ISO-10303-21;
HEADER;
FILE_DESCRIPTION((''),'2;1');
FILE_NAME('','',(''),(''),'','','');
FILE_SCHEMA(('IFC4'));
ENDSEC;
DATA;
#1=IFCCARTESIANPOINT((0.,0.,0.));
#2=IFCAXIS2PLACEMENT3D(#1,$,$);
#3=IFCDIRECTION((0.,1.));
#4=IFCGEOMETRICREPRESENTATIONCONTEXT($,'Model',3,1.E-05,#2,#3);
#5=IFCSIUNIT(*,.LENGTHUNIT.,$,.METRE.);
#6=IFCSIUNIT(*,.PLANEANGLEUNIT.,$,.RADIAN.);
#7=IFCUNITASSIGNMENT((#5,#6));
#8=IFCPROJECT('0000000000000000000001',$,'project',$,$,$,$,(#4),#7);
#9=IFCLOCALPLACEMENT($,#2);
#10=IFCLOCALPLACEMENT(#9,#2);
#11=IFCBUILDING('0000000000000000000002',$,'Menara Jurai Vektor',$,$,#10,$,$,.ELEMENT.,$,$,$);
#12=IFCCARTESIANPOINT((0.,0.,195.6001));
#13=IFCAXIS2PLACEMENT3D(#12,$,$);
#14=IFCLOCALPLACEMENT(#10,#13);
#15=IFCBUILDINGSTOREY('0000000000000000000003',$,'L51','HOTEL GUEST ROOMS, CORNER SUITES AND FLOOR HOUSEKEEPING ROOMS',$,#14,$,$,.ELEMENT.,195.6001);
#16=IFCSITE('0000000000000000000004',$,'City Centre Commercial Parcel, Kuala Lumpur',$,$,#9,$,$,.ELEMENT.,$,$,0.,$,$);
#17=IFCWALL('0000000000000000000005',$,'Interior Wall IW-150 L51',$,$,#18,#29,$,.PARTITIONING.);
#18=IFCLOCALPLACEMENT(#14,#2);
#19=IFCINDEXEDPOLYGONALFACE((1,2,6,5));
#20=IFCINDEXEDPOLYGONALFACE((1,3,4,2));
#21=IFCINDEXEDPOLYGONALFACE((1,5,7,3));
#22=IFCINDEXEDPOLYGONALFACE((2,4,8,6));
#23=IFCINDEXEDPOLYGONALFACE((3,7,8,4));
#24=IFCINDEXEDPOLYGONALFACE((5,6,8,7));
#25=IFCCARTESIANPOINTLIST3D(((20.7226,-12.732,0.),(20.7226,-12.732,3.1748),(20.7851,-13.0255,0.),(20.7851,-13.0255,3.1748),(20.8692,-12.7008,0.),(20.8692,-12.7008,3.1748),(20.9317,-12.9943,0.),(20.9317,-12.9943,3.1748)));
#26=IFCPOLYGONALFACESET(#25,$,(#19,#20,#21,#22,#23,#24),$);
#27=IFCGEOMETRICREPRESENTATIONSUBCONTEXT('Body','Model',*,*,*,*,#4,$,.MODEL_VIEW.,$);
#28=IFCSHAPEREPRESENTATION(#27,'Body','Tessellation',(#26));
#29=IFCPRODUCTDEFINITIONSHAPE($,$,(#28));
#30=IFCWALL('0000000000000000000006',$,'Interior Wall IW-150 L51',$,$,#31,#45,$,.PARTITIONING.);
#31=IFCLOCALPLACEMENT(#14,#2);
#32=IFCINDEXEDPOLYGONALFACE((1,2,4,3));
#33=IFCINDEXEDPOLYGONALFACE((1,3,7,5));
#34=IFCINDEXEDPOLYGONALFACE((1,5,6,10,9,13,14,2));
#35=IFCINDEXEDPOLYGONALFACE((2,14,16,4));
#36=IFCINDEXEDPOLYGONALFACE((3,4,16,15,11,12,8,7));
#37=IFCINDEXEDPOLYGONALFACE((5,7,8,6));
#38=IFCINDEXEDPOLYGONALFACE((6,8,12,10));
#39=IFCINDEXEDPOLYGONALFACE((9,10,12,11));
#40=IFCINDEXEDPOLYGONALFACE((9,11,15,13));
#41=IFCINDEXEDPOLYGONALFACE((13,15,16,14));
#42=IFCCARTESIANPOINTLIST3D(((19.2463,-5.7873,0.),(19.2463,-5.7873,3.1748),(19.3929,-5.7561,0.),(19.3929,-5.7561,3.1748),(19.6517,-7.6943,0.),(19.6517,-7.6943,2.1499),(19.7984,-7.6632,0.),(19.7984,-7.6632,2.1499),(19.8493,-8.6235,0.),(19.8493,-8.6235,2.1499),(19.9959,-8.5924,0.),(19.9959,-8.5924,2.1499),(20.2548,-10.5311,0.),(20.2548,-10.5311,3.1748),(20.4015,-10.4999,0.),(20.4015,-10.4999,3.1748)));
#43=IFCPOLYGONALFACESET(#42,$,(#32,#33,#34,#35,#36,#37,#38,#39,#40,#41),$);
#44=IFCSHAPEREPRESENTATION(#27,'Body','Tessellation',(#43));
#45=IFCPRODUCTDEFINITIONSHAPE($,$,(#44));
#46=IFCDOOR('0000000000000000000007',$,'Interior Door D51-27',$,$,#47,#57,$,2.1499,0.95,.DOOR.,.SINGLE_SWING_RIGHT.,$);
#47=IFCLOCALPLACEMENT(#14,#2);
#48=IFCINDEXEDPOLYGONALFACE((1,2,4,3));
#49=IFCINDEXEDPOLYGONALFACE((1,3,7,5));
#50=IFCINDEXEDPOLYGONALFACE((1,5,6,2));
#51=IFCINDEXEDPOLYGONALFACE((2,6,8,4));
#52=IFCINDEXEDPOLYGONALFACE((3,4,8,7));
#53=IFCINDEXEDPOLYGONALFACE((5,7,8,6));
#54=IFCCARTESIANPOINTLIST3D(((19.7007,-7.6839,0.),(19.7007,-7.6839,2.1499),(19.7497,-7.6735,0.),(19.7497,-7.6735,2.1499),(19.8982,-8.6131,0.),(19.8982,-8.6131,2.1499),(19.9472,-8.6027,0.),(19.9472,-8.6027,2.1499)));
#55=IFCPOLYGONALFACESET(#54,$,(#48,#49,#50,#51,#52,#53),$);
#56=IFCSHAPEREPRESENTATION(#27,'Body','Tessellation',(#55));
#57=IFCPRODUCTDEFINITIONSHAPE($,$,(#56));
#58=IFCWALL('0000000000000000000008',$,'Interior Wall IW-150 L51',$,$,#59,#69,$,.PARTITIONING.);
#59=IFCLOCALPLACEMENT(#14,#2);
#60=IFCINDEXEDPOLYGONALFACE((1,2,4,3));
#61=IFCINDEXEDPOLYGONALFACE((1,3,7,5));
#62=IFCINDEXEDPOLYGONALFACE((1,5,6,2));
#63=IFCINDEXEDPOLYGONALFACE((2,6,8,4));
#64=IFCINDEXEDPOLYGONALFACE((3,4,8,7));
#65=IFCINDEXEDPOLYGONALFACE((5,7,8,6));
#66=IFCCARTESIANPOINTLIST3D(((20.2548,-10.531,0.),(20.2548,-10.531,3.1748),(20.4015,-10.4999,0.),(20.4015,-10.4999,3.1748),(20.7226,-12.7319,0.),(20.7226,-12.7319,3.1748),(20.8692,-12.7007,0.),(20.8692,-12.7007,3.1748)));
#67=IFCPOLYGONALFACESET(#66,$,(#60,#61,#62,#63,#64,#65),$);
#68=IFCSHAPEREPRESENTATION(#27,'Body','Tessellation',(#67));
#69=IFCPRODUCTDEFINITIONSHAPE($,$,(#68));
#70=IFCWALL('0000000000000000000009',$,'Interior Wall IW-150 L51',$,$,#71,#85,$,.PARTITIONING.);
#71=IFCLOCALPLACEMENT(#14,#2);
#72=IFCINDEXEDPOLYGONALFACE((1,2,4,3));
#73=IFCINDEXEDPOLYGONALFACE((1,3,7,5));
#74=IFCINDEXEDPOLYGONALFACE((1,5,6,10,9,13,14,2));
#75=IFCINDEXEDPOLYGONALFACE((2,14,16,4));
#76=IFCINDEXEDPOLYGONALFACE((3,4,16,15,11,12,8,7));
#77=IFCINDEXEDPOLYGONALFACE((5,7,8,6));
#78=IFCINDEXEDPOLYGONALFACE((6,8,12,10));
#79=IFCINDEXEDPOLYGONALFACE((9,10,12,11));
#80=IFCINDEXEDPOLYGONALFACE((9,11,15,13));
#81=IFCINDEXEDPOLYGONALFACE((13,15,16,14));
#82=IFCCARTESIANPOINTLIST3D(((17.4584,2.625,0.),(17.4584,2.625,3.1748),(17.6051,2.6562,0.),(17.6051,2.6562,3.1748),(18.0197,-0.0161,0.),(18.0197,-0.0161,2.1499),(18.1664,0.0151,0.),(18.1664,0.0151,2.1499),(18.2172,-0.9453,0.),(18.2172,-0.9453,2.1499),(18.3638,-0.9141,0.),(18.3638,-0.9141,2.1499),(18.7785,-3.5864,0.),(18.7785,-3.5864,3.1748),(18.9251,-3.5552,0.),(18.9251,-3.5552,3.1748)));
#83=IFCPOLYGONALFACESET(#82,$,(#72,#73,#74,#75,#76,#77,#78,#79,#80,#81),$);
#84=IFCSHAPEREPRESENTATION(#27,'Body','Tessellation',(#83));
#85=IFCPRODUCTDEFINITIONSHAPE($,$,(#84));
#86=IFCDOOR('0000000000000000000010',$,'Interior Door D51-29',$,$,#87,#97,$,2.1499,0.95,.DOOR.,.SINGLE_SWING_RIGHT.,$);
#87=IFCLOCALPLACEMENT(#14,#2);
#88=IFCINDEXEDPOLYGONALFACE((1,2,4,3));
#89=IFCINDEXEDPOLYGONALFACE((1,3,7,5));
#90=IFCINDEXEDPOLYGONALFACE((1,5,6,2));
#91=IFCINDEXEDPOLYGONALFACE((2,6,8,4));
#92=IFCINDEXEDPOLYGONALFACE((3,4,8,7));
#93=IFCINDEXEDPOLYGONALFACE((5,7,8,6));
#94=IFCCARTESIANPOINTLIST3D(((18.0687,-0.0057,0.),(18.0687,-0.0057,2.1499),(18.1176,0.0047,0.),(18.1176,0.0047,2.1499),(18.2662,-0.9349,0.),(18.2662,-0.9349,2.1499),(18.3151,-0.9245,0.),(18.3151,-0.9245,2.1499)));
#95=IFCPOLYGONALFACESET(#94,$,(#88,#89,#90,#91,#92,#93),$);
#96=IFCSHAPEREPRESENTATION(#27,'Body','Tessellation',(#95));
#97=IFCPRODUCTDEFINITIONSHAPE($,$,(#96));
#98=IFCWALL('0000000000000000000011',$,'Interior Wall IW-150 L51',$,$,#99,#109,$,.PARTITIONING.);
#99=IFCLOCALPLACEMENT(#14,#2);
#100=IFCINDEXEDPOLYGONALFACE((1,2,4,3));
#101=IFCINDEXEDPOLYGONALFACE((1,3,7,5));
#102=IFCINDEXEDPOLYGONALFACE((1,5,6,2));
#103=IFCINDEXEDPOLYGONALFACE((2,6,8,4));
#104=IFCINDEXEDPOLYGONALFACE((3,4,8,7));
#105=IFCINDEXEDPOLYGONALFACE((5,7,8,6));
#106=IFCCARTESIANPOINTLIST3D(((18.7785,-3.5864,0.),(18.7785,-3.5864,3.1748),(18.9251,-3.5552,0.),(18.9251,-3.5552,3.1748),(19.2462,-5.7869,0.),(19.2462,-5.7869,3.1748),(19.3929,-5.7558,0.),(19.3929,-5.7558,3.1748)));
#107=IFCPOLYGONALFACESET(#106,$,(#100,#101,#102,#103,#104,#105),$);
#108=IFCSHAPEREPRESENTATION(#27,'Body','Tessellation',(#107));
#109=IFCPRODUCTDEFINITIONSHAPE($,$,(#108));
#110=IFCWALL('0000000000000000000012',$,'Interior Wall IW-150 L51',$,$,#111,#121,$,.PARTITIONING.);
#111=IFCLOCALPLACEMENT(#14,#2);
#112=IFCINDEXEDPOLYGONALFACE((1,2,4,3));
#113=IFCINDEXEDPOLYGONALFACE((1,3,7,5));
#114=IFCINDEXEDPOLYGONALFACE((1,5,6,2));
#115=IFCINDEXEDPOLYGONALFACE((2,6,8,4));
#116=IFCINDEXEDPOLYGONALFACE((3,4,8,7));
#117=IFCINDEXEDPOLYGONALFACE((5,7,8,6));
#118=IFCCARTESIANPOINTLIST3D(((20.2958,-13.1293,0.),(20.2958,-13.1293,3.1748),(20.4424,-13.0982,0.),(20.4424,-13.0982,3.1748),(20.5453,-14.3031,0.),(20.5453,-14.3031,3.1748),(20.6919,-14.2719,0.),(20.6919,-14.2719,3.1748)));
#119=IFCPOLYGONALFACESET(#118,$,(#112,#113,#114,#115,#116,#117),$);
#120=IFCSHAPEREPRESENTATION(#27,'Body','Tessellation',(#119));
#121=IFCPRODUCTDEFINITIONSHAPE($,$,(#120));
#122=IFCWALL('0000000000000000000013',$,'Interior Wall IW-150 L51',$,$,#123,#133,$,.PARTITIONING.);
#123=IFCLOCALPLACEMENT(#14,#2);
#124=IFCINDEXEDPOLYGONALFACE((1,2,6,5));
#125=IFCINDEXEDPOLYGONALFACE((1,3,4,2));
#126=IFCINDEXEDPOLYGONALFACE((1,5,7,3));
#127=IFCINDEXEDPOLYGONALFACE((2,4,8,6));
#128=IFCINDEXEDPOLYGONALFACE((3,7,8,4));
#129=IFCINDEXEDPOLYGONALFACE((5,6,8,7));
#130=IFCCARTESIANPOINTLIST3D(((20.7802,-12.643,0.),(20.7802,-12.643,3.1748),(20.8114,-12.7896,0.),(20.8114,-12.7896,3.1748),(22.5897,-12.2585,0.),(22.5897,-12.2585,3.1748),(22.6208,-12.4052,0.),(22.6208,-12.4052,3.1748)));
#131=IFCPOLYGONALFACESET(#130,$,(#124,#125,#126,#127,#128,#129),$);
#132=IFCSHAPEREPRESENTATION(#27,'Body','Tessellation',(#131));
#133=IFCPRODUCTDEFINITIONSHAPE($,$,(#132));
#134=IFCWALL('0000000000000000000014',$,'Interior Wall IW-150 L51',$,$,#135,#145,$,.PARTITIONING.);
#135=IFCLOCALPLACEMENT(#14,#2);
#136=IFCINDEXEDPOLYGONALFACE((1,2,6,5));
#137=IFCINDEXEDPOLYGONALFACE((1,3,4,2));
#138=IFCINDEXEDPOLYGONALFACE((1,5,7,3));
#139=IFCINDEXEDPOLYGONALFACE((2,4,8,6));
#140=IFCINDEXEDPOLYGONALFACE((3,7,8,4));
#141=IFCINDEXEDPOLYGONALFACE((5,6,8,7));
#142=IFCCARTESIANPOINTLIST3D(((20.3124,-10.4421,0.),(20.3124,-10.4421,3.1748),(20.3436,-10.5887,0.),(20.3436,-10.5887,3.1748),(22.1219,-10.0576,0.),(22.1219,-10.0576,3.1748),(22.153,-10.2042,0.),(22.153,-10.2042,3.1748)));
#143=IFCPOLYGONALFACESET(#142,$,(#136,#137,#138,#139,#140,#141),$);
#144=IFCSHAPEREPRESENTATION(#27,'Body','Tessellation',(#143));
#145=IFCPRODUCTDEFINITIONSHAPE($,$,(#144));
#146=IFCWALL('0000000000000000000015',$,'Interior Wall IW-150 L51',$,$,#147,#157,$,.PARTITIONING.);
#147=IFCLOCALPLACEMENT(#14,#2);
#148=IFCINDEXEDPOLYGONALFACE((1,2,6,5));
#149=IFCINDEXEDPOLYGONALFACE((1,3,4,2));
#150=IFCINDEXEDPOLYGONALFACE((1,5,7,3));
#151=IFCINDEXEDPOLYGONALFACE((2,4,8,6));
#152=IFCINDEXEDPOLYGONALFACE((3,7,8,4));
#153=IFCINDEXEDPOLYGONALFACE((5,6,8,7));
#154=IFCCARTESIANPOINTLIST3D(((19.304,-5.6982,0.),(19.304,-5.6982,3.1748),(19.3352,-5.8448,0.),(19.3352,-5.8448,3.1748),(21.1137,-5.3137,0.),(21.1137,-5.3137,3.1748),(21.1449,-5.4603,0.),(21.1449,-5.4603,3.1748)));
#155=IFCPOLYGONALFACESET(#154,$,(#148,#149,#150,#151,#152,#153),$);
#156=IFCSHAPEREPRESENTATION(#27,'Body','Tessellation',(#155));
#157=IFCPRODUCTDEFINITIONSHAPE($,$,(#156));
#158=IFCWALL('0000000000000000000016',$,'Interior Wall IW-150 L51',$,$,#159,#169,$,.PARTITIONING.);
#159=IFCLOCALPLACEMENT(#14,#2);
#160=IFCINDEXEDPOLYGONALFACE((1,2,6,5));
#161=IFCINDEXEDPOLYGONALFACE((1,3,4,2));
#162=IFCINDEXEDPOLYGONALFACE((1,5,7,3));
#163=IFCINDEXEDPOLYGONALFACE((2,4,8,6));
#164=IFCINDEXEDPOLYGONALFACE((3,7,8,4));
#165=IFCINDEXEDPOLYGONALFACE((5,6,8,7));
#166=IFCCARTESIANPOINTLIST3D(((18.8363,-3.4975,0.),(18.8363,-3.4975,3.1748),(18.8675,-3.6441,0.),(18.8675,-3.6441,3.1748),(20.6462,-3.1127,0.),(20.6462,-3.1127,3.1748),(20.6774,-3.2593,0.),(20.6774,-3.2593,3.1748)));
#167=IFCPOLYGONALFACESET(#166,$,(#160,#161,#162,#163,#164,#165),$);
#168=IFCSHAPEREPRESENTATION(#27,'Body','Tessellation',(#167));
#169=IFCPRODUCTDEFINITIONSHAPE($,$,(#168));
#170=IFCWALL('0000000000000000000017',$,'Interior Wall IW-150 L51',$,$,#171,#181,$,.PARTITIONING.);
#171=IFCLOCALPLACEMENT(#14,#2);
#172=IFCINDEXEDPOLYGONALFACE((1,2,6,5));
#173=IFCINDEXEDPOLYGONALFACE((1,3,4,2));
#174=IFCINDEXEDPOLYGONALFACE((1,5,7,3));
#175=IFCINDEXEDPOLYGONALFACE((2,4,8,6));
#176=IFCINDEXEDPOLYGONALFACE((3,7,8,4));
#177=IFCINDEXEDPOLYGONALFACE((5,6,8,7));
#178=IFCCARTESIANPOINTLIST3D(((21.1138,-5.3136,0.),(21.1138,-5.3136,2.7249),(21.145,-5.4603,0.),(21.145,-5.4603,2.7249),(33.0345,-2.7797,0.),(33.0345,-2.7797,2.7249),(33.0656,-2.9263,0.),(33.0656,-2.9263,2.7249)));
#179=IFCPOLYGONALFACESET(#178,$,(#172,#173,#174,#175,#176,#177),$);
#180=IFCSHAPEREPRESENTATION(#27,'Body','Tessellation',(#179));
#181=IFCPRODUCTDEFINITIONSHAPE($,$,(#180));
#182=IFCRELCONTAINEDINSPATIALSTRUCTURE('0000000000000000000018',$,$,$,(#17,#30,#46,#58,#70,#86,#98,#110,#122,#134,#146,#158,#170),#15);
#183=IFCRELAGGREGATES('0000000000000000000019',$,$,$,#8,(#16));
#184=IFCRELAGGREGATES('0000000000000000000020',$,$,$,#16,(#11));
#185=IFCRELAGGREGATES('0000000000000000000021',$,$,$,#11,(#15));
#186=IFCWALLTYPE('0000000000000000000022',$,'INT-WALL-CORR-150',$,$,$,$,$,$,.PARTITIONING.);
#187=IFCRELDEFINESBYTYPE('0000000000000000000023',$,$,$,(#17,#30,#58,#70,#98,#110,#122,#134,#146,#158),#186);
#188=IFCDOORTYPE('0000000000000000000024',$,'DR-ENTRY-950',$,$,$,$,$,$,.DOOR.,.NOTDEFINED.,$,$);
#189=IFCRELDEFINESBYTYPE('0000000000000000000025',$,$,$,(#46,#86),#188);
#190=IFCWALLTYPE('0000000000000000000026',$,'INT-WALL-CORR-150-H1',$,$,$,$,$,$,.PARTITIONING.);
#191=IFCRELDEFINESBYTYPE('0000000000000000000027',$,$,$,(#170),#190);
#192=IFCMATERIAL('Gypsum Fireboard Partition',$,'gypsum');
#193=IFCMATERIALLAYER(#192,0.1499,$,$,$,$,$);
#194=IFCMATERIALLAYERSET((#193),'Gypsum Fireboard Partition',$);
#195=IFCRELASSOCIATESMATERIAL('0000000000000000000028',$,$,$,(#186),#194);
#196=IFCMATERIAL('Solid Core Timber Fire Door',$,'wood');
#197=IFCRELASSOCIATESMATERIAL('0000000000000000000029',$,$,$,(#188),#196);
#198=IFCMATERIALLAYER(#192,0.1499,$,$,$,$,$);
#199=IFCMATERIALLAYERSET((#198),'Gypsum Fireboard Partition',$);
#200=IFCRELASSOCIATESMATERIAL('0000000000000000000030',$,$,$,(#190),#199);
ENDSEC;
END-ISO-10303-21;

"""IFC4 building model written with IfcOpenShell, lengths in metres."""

from ifc_helpers import new_model, si_unit, direction, frame, frame_2d, origin, place, context, subcontext, project, spatial, rectangle, extrude, material, layer, layer_set, type_object, element, fill, save


model = new_model("IFC4")

# Units and contexts
model_context = context("Model", 3, precision=1e-05, world=origin(), true_north=direction((0.0, 1.0)))
body_context = subcontext(model_context, "Body", "Model", "MODEL_VIEW")
ifc_project = project(units=[si_unit("LENGTHUNIT", "METRE"), si_unit("PLANEANGLEUNIT", "RADIAN")], contexts=[model_context])

# Site, building, storey
site_placement = place(None, origin())
site = spatial("IfcSite", under=ifc_project, at=site_placement, Name="City Centre Commercial Parcel, Kuala Lumpur", CompositionType="ELEMENT", RefElevation=0.0)
building_placement = place(site_placement, origin())
building = spatial("IfcBuilding", under=site, at=building_placement, Name="Menara Jurai Vektor", CompositionType="ELEMENT")
storey_placement = place(building_placement, frame((0.0, 0.0, 195.6001)))
storey = spatial("IfcBuildingStorey", under=building, at=storey_placement, Name="L51", Description="HOTEL GUEST ROOMS, CORNER SUITES AND FLOOR HOUSEKEEPING ROOMS", CompositionType="ELEMENT", Elevation=195.6001)

# Wall
ifc_material_1 = material(Name="Gypsum Fireboard Partition", Category="gypsum")
ifc_layer_1 = layer(ifc_material_1, 0.1499)
ifc_layer_set_1 = layer_set([ifc_layer_1], Name="Gypsum Fireboard Partition")
wall_type_1 = type_object("IfcWallType", Name="INT-WALL-CORR-150", PredefinedType="PARTITIONING", material=ifc_layer_set_1)
wall_1_placement = place(storey_placement, frame((20.8584, -13.0098, 0.0), z_axis=(0.0, 0.0, 1.0), x_axis=(-0.208306, 0.978064, 0.0)))
element("IfcWall", 1, at=wall_1_placement, inside=storey, type_object=wall_type_1, Name="Interior Wall IW-150 L51", PredefinedType="PARTITIONING", context=body_context, shape_type="SweptSolid", body=[
    extrude(rectangle(XDim=0.3, YDim=0.1499, at=frame_2d((0.1499, 0.0))), origin(), (0.0, 0.0, 1.0), 3.1748),
])

# Wall, opening, door
wall_2_placement = place(storey_placement, frame((20.3281, -10.5154, 0.0), z_axis=(0.0, 0.0, 1.0), x_axis=(-0.207951, 0.978139, 0.0)))
wall_2 = element("IfcWall", 2, at=wall_2_placement, inside=storey, type_object=wall_type_1, Name="Interior Wall IW-150 L51", PredefinedType="PARTITIONING", context=body_context, shape_type="SweptSolid", body=[
    extrude(rectangle(XDim=4.8499, YDim=0.1499, at=frame_2d((2.4248, 0.0))), origin(), (0.0, 0.0, 1.0), 3.1748),
])
opening_1_placement = place(wall_2_placement, frame((1.95, 0.0, 0.0)))
opening_1 = element("IfcOpeningElement", 3, at=opening_1_placement, cuts=wall_2, PredefinedType="OPENING", context=body_context, shape_type="SweptSolid", body=[
    extrude(rectangle(XDim=0.95, YDim=2.1499, at=frame_2d((0.4751, 1.075))), frame((0.0, 0.085, 0.0), z_axis=(0.0, -1.0, 0.0), x_axis=(1.0, 0.0, 0.0)), (0.0, 0.0, 1.0), 0.1699),
])
ifc_material_2 = material(Name="Solid Core Timber Fire Door", Category="wood")
door_type_1 = type_object("IfcDoorType", Name="DR-ENTRY-950", OperationType="NOTDEFINED", PredefinedType="DOOR", material=ifc_material_2)
door_1_placement = place(opening_1_placement, origin())
door_1 = element("IfcDoor", 4, at=door_1_placement, inside=storey, type_object=door_type_1, Name="Interior Door D51-27", OperationType="SINGLE_SWING_RIGHT", OverallHeight=2.1499, OverallWidth=0.95, PredefinedType="DOOR", context=body_context, shape_type="SweptSolid", body=[
    extrude(rectangle(XDim=0.95, YDim=2.1499, at=frame_2d((0.4751, 1.075))), frame((0.0, 0.0249, 0.0), z_axis=(0.0, -1.0, 0.0), x_axis=(1.0, 0.0, 0.0)), (0.0, 0.0, 1.0), 0.05),
])
fill(opening_1, door_1)

# Wall
wall_3_placement = place(storey_placement, frame((20.7959, -12.7163, 0.0), z_axis=(0.0, 0.0, 1.0), x_axis=(-0.207891, 0.978152, 0.0)))
element("IfcWall", 5, at=wall_3_placement, inside=storey, type_object=wall_type_1, Name="Interior Wall IW-150 L51", PredefinedType="PARTITIONING", context=body_context, shape_type="SweptSolid", body=[
    extrude(rectangle(XDim=2.25, YDim=0.1499, at=frame_2d((1.125, 0.0))), origin(), (0.0, 0.0, 1.0), 3.1748),
])

# Wall, opening, door
wall_4_placement = place(storey_placement, frame((18.8518, -3.5708, 0.0), z_axis=(0.0, 0.0, 1.0), x_axis=(-0.20788, 0.978154, 0.0)))
wall_4 = element("IfcWall", 6, at=wall_4_placement, inside=storey, type_object=wall_type_1, Name="Interior Wall IW-150 L51", PredefinedType="PARTITIONING", context=body_context, shape_type="SweptSolid", body=[
    extrude(rectangle(XDim=6.3501, YDim=0.1499, at=frame_2d((3.175, 0.0))), origin(), (0.0, 0.0, 1.0), 3.1748),
])
opening_2_placement = place(wall_4_placement, frame((2.7, 0.0, 0.0)))
opening_2 = element("IfcOpeningElement", 7, at=opening_2_placement, cuts=wall_4, PredefinedType="OPENING", context=body_context, shape_type="SweptSolid", body=[
    extrude(rectangle(XDim=0.95, YDim=2.1499, at=frame_2d((0.4751, 1.075))), frame((0.0, 0.085, 0.0), z_axis=(0.0, -1.0, 0.0), x_axis=(1.0, 0.0, 0.0)), (0.0, 0.0, 1.0), 0.1699),
])
door_2_placement = place(opening_2_placement, origin())
door_2 = element("IfcDoor", 8, at=door_2_placement, inside=storey, type_object=door_type_1, Name="Interior Door D51-29", OperationType="SINGLE_SWING_RIGHT", OverallHeight=2.1499, OverallWidth=0.95, PredefinedType="DOOR", context=body_context, shape_type="SweptSolid", body=[
    extrude(rectangle(XDim=0.95, YDim=2.1499, at=frame_2d((0.4751, 1.075))), frame((0.0, 0.0249, 0.0), z_axis=(0.0, -1.0, 0.0), x_axis=(1.0, 0.0, 0.0)), (0.0, 0.0, 1.0), 0.05),
])
fill(opening_2, door_2)

# Walls
wall_5_placement = place(storey_placement, frame((19.3196, -5.7715, 0.0), z_axis=(0.0, 0.0, 1.0), x_axis=(-0.207913, 0.978147, 0.0)))
element("IfcWall", 9, at=wall_5_placement, inside=storey, type_object=wall_type_1, Name="Interior Wall IW-150 L51", PredefinedType="PARTITIONING", context=body_context, shape_type="SweptSolid", body=[
    extrude(rectangle(XDim=2.2498, YDim=0.1499, at=frame_2d((1.125, 0.0))), origin(), (0.0, 0.0, 1.0), 3.1748),
])
wall_6_placement = place(storey_placement, frame((20.6187, -14.2876, 0.0), z_axis=(0.0, 0.0, 1.0), x_axis=(-0.207917, 0.978146, 0.0)))
element("IfcWall", 10, at=wall_6_placement, inside=storey, type_object=wall_type_1, Name="Interior Wall IW-150 L51", PredefinedType="PARTITIONING", context=body_context, shape_type="SweptSolid", body=[
    extrude(rectangle(XDim=1.2, YDim=0.1499, at=frame_2d((0.6001, 0.0))), origin(), (0.0, 0.0, 1.0), 3.1748),
])
for number, where, z_axis, x_axis, name in (
    (11, (20.7959, -12.7163, 0.0), (0.0, 0.0, 1.0), (0.97816, 0.207852, 0.0), "Interior Wall IW-150 L51"),
    (12, (20.3281, -10.5154, 0.0), (0.0, 0.0, 1.0), (0.97816, 0.207852, 0.0), "Interior Wall IW-150 L51"),
):
    element("IfcWall", number, at=place(storey_placement, frame(where, z_axis=z_axis, x_axis=x_axis)), inside=storey, type_object=wall_type_1, Name=name, PredefinedType="PARTITIONING", context=body_context, shape_type="SweptSolid", body=[
        extrude(rectangle(XDim=1.8499, YDim=0.1499, at=frame_2d((0.9248, 0.0))), origin(), (0.0, 0.0, 1.0), 3.1748),
    ])

# Walls
wall_7_placement = place(storey_placement, frame((19.3196, -5.7715, 0.0), z_axis=(0.0, 0.0, 1.0), x_axis=(0.978166, 0.207826, 0.0)))
element("IfcWall", 13, at=wall_7_placement, inside=storey, type_object=wall_type_1, Name="Interior Wall IW-150 L51", PredefinedType="PARTITIONING", context=body_context, shape_type="SweptSolid", body=[
    extrude(rectangle(XDim=1.8501, YDim=0.1499, at=frame_2d((0.925, 0.0))), origin(), (0.0, 0.0, 1.0), 3.1748),
])
wall_8_placement = place(storey_placement, frame((18.8518, -3.5708, 0.0), z_axis=(0.0, 0.0, 1.0), x_axis=(0.978139, 0.207952, 0.0)))
element("IfcWall", 14, at=wall_8_placement, inside=storey, type_object=wall_type_1, Name="Interior Wall IW-150 L51", PredefinedType="PARTITIONING", context=body_context, shape_type="SweptSolid", body=[
    extrude(rectangle(XDim=1.8503, YDim=0.1499, at=frame_2d((0.9253, 0.0))), origin(), (0.0, 0.0, 1.0), 3.1748),
])

# Wall
ifc_layer_2 = layer(ifc_material_1, 0.1499)
ifc_layer_set_2 = layer_set([ifc_layer_2], Name="Gypsum Fireboard Partition")
wall_type_2 = type_object("IfcWallType", Name="INT-WALL-CORR-150-H1", PredefinedType="PARTITIONING", material=ifc_layer_set_2)
wall_9_placement = place(storey_placement, frame((21.1294, -5.387, 0.0), z_axis=(0.0, 0.0, 1.0), x_axis=(0.978146, 0.207921, 0.0)))
element("IfcWall", 15, at=wall_9_placement, inside=storey, type_object=wall_type_2, Name="Interior Wall IW-150 L51", PredefinedType="PARTITIONING", context=body_context, shape_type="SweptSolid", body=[
    extrude(rectangle(XDim=12.187, YDim=0.1499, at=frame_2d((6.0935, 0.0))), origin(), (0.0, 0.0, 1.0), 2.7249),
])

save(model, "model.ifc")
